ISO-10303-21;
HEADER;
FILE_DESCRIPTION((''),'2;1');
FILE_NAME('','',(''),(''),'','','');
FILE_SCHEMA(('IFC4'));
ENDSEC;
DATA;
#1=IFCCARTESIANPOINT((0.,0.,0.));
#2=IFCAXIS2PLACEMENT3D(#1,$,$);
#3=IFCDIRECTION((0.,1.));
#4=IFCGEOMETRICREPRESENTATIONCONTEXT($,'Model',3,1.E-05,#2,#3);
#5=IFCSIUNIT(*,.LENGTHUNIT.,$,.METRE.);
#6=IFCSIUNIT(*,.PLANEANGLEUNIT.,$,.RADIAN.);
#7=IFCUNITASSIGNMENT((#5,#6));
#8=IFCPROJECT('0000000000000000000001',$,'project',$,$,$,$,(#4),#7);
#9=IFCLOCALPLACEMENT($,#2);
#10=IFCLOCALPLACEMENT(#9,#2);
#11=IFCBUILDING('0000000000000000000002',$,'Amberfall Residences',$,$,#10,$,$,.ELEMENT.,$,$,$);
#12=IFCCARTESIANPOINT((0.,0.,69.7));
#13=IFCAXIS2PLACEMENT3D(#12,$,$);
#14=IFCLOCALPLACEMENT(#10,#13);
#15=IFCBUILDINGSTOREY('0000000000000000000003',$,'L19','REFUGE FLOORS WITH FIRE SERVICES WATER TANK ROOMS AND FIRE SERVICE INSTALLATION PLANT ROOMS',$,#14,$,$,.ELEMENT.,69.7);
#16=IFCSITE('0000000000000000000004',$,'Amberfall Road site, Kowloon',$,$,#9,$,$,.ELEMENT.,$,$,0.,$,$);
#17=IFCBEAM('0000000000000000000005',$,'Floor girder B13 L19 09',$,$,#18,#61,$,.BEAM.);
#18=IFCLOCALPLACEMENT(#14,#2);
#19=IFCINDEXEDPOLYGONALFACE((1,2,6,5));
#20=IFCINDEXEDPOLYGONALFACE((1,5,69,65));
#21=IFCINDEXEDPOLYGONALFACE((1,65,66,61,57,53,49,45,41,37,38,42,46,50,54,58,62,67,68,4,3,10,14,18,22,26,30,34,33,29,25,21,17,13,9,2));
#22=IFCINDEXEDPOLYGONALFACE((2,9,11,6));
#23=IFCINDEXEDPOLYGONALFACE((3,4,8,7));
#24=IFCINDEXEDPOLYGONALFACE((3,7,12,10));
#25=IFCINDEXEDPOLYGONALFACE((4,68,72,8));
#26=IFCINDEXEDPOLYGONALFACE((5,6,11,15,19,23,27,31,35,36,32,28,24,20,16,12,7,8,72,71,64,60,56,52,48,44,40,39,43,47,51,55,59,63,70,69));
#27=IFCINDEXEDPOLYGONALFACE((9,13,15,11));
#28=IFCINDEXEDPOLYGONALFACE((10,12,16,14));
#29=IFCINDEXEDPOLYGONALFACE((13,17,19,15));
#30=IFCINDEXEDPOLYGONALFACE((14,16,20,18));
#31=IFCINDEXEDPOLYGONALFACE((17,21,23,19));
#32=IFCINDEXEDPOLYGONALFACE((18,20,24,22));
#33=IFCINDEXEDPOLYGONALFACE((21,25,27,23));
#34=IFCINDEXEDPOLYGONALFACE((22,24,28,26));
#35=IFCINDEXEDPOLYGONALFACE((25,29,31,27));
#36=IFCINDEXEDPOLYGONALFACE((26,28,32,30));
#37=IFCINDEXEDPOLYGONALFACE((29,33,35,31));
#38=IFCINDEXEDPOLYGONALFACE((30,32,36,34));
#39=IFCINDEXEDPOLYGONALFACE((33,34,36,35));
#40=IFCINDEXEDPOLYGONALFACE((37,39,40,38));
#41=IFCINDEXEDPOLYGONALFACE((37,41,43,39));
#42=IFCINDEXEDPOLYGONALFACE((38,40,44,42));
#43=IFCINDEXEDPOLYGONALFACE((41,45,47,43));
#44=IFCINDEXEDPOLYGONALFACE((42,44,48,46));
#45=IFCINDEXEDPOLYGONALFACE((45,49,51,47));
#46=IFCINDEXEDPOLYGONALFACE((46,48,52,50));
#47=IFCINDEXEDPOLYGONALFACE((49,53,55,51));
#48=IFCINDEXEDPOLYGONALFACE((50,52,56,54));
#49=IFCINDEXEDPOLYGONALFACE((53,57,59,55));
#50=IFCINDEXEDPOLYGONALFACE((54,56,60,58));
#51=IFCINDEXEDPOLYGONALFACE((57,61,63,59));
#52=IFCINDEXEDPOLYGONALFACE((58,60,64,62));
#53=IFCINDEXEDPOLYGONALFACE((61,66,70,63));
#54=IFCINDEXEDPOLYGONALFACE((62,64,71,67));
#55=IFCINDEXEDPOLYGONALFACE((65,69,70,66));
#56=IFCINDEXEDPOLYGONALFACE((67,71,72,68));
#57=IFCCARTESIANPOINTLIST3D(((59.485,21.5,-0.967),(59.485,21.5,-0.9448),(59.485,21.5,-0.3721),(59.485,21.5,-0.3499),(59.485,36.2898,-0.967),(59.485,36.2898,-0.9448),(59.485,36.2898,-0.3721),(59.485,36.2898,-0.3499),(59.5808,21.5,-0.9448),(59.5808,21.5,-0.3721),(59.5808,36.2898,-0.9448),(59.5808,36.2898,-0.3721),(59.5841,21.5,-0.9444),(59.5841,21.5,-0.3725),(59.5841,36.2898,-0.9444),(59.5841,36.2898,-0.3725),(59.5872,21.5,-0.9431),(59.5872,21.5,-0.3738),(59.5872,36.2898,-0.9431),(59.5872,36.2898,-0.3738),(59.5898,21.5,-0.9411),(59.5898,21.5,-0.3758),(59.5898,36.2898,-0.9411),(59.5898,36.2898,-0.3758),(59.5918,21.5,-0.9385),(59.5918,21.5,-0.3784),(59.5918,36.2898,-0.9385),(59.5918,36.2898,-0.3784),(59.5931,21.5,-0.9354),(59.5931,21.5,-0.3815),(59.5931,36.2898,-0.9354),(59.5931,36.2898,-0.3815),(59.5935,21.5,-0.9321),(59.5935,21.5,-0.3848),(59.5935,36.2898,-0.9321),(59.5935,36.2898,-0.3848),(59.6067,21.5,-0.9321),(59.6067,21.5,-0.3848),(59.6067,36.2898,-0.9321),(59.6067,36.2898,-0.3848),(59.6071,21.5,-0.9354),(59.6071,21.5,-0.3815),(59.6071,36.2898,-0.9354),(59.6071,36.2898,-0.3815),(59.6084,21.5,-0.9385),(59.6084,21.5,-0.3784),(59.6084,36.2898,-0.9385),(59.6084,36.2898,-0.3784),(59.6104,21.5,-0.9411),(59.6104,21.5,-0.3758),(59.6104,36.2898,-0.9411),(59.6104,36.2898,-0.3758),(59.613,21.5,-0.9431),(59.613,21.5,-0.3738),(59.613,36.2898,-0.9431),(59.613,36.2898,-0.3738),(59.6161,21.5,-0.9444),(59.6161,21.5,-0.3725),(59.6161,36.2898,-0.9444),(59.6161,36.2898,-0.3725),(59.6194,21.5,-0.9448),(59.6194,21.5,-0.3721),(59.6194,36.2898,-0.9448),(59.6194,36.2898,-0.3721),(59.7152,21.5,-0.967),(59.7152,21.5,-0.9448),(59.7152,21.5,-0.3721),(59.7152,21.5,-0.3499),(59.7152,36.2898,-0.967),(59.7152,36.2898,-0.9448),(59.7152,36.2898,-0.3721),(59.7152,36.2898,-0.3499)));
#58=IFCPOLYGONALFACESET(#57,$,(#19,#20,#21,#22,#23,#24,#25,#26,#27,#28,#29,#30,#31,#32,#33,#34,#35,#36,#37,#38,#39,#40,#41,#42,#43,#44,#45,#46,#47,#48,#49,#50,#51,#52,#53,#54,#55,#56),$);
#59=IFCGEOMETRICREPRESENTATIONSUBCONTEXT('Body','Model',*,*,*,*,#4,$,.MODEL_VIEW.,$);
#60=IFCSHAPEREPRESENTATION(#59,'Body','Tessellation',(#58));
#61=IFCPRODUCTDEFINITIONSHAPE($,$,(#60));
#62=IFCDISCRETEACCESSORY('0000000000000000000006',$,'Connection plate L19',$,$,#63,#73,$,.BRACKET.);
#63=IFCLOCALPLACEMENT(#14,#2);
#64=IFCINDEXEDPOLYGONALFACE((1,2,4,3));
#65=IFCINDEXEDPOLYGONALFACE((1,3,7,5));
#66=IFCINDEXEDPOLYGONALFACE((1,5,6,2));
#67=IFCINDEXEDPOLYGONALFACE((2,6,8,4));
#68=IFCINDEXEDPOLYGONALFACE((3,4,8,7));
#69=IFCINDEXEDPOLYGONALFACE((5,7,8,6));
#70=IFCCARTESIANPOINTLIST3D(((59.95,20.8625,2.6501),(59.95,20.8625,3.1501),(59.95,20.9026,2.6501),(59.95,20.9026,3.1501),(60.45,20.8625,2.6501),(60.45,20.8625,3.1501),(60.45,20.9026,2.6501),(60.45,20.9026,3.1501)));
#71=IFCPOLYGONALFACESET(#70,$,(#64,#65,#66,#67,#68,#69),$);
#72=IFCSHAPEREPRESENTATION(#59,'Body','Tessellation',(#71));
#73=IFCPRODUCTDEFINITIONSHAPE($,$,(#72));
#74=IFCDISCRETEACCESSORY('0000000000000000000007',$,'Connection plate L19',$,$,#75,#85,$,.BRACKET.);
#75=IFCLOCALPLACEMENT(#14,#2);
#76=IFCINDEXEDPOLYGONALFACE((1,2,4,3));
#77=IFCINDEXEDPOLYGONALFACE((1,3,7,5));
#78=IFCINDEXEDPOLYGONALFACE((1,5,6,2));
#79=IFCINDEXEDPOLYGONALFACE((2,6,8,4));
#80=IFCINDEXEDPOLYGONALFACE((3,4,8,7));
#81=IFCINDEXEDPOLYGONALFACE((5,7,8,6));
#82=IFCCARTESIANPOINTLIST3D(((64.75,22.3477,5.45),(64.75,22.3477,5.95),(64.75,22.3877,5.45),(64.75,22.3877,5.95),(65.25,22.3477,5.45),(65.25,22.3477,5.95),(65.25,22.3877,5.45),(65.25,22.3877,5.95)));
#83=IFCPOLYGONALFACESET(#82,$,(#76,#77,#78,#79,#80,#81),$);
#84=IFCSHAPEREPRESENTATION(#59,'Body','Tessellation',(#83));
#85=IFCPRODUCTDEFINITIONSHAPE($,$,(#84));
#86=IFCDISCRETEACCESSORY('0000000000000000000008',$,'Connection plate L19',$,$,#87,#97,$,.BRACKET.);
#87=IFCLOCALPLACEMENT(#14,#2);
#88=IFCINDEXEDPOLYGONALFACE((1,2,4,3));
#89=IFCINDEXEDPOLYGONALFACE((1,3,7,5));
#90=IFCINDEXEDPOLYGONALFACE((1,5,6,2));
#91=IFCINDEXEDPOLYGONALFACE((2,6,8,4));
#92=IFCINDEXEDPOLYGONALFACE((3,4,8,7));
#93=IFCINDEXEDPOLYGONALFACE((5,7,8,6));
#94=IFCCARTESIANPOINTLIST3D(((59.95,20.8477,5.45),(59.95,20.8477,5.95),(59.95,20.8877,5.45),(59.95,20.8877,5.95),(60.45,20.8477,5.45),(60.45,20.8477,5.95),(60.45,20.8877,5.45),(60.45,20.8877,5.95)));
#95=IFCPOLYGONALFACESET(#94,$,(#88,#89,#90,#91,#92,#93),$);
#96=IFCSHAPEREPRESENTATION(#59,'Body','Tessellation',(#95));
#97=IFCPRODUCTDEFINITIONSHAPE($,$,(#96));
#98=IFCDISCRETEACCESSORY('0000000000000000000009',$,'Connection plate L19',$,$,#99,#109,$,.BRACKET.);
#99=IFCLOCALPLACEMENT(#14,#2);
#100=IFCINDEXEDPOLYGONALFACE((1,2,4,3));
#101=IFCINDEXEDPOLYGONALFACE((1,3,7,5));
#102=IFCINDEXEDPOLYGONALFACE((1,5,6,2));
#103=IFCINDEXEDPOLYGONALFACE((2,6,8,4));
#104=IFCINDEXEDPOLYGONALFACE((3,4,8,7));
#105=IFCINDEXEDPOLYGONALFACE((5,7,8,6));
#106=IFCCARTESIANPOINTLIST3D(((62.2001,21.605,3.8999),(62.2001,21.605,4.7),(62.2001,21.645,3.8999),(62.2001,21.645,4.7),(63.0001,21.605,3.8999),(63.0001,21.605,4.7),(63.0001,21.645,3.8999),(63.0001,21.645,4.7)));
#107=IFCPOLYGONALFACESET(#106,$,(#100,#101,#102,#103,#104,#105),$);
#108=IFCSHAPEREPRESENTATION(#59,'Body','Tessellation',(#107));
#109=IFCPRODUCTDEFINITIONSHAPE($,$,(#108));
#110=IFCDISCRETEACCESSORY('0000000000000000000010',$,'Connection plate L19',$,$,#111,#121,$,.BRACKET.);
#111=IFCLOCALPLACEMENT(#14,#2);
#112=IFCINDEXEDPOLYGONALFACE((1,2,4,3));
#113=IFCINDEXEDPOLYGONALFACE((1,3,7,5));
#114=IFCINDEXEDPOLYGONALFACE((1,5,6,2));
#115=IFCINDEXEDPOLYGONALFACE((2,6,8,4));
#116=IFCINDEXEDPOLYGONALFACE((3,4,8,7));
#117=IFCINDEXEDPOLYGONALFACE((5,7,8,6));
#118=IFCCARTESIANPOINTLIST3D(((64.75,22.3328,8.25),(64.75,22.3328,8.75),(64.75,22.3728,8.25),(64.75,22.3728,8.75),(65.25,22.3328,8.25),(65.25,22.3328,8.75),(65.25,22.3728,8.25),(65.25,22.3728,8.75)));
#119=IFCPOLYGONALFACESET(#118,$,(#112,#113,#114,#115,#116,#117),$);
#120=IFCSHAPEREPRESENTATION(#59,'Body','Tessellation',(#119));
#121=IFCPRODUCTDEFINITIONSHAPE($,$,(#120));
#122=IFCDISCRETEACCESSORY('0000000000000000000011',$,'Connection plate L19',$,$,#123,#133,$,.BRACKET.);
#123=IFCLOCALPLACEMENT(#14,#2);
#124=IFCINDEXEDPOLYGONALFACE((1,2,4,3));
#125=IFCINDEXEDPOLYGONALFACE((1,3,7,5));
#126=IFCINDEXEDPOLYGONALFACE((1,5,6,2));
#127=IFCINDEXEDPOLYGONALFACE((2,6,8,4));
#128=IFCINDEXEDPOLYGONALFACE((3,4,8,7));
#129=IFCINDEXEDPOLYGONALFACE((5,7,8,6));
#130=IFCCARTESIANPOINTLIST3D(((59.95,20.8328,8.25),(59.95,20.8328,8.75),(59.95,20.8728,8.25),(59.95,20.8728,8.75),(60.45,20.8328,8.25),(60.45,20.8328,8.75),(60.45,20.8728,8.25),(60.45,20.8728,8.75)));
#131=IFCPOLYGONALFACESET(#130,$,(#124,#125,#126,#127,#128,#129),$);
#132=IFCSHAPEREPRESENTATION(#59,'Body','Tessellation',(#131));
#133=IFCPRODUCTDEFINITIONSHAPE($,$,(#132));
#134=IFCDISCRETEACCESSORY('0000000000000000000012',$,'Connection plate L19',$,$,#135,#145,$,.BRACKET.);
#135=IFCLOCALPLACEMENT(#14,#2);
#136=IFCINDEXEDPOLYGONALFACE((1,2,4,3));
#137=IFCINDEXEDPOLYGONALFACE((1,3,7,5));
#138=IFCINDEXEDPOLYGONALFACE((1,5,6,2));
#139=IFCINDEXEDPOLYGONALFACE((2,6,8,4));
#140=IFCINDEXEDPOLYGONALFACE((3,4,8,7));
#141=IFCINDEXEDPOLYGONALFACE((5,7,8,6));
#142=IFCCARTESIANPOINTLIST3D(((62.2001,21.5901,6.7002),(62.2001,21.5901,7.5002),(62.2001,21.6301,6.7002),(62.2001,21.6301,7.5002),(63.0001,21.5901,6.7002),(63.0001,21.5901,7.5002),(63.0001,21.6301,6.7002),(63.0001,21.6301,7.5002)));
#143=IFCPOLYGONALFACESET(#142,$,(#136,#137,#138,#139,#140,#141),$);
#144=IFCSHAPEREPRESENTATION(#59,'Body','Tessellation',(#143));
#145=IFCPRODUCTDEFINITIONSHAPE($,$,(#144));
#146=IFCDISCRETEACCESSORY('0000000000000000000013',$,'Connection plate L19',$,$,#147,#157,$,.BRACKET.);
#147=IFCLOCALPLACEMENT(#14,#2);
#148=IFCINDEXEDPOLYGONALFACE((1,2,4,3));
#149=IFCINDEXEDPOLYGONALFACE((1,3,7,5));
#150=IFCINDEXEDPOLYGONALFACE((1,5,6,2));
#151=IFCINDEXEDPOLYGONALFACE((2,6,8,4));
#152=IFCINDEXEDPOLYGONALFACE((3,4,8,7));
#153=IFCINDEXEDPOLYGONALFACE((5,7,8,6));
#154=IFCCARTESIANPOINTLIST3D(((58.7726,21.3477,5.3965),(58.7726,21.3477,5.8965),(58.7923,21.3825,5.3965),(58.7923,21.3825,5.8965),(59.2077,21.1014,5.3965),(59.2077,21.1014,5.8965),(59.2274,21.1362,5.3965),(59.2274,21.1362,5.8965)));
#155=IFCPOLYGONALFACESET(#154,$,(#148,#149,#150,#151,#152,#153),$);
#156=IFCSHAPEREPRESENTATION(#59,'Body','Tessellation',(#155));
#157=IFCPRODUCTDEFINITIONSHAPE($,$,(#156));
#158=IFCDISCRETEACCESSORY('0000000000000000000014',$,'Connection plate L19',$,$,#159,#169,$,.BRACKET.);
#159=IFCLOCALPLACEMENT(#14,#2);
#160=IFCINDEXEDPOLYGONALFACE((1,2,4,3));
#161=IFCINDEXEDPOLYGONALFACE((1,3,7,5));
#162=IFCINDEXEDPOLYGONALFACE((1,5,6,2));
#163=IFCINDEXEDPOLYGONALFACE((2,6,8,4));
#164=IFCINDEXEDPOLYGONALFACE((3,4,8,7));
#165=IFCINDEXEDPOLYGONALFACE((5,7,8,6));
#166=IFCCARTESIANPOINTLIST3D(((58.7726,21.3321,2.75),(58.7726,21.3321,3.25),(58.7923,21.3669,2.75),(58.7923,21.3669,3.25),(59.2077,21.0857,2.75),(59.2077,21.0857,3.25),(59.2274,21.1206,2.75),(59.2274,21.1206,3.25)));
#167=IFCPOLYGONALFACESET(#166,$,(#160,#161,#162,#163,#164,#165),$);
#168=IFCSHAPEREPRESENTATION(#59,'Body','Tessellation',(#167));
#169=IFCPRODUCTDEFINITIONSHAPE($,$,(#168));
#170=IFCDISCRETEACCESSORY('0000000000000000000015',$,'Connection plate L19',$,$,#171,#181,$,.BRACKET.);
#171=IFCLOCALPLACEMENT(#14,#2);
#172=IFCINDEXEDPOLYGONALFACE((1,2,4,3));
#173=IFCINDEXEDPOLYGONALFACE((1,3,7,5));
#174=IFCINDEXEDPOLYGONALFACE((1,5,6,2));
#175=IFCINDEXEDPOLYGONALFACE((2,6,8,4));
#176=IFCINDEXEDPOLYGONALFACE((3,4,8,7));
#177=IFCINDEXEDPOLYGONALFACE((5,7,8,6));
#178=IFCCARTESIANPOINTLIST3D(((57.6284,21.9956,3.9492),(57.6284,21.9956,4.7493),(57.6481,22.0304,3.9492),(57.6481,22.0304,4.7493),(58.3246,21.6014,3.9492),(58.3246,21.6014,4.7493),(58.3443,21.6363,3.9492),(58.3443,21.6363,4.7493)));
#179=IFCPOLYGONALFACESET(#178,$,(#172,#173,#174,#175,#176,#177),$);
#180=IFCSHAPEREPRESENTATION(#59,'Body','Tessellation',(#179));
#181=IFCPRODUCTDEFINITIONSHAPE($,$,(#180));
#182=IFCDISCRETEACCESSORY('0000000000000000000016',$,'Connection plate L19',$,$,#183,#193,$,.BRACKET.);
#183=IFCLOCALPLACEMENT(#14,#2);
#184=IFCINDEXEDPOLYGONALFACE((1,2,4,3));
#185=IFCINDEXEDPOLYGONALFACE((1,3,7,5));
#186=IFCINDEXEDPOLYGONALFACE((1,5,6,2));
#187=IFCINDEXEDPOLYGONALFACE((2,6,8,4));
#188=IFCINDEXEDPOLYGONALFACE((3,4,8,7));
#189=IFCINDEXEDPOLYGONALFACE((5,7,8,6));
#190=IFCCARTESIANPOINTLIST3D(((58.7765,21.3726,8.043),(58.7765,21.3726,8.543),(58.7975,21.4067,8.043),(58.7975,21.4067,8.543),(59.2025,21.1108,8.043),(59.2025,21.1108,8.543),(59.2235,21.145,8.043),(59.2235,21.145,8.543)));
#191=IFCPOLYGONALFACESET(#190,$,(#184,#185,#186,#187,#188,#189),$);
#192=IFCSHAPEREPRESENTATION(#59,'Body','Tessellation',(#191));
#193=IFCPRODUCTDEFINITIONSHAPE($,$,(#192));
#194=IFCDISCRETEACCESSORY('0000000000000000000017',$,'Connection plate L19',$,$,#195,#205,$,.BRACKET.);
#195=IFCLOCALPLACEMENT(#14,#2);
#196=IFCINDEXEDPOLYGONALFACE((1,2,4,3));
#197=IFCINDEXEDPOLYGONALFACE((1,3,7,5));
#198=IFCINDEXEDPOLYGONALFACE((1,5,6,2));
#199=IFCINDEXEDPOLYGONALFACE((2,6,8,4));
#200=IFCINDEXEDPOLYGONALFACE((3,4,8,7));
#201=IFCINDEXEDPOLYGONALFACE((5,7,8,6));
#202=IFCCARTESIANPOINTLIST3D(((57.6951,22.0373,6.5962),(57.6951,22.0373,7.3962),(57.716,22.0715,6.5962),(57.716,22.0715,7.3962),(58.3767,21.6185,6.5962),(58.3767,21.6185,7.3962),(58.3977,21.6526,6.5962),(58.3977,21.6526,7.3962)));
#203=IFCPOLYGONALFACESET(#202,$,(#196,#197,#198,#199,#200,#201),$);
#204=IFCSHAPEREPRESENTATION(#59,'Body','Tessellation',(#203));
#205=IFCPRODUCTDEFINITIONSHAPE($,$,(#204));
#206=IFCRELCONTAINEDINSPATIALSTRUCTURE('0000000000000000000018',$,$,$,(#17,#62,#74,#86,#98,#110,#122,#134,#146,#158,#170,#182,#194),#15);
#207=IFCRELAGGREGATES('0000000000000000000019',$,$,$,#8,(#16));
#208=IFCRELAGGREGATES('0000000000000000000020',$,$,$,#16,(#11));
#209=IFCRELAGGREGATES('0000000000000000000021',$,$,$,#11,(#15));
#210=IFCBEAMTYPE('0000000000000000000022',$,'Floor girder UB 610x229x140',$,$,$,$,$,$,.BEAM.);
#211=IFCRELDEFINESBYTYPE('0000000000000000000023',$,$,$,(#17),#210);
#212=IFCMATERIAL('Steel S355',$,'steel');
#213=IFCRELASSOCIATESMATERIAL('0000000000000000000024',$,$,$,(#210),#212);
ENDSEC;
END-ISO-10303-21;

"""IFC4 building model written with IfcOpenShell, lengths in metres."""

from ifc_helpers import new_model, si_unit, direction, frame, origin, origin_2d, place, context, subcontext, project, spatial, rectangle, i_section, extrude, material, material_profile, profile_set, type_object, element, save


model = new_model("IFC4")

# Units and contexts
model_context = context("Model", 3, precision=1e-05, world=origin(), true_north=direction((0.0, 1.0)))
body_context = subcontext(model_context, "Body", "Model", "MODEL_VIEW")
ifc_project = project(units=[si_unit("LENGTHUNIT", "METRE"), si_unit("PLANEANGLEUNIT", "RADIAN")], contexts=[model_context])

# Site, building, storey
site_placement = place(None, origin())
site = spatial("IfcSite", under=ifc_project, at=site_placement, Name="Amberfall Road site, Kowloon", CompositionType="ELEMENT", RefElevation=0.0)
building_placement = place(site_placement, origin())
building = spatial("IfcBuilding", under=site, at=building_placement, Name="Amberfall Residences", CompositionType="ELEMENT")
storey_placement = place(building_placement, frame((0.0, 0.0, 69.7)))
storey = spatial("IfcBuildingStorey", under=building, at=storey_placement, Name="L19", Description="REFUGE FLOORS WITH FIRE SERVICES WATER TANK ROOMS AND FIRE SERVICE INSTALLATION PLANT ROOMS", CompositionType="ELEMENT", Elevation=69.7)

# Shared definitions
ifc_material_1 = material(Name="Steel S355", Category="steel")

# Beam
ifc_material_profile_1 = material_profile(ifc_material_1, i_section(OverallWidth=0.2302, OverallDepth=0.6172, WebThickness=0.0132, FlangeThickness=0.0222, FilletRadius=0.0127, at=origin_2d()), Name="UB 610x229x140")
ifc_profile_set_1 = profile_set([ifc_material_profile_1], Name="Steel S355")
beam_type_1 = type_object("IfcBeamType", Name="Floor girder UB 610x229x140", PredefinedType="BEAM", material=ifc_profile_set_1)
beam_1_placement = place(storey_placement, frame((59.6001, 21.5, -0.6584), z_axis=(0.0, 1.0, 0.0), x_axis=(-1.0, 0.0, 0.0)))
element("IfcBeam", 1, at=beam_1_placement, inside=storey, type_object=beam_type_1, Name="Floor girder B13 L19 09", PredefinedType="BEAM", context=body_context, shape_type="SweptSolid", body=[
    extrude(i_section(OverallWidth=0.2302, OverallDepth=0.6172, WebThickness=0.0132, FlangeThickness=0.0222, FilletRadius=0.0127, at=origin_2d()), origin(), (0.0, 0.0, 1.0), 14.7898),
])

# Discrete accessories
for number, where, z_axis, x_axis, name in (
    (2, (60.2, 20.8826, 2.6501), (0.0, 0.0, 1.0), (1.0, 0.0, 0.0), "Connection plate L19"),
    (3, (65.0, 22.3677, 5.45), (0.0, 0.0, 1.0), (1.0, 0.0, 0.0), "Connection plate L19"),
    (4, (60.2, 20.8677, 5.45), (0.0, 0.0, 1.0), (1.0, 0.0, 0.0), "Connection plate L19"),
):
    element("IfcDiscreteAccessory", number, at=place(storey_placement, frame(where, z_axis=z_axis, x_axis=x_axis)), inside=storey, Name=name, PredefinedType="BRACKET", context=body_context, shape_type="SweptSolid", body=[
        extrude(rectangle(XDim=0.5, YDim=0.04, at=origin_2d()), origin(), (0.0, 0.0, 1.0), 0.5),
    ])
discrete_accessory_1_placement = place(storey_placement, frame((62.6001, 21.625, 3.8999), z_axis=(0.0, 0.0, 1.0), x_axis=(1.0, 0.0, 0.0)))
element("IfcDiscreteAccessory", 5, at=discrete_accessory_1_placement, inside=storey, Name="Connection plate L19", PredefinedType="BRACKET", context=body_context, shape_type="SweptSolid", body=[
    extrude(rectangle(XDim=0.8, YDim=0.04, at=origin_2d()), origin(), (0.0, 0.0, 1.0), 0.8),
])
for number, where, z_axis, x_axis, name in (
    (6, (65.0, 22.3528, 8.25), (0.0, 0.0, 1.0), (1.0, 0.0, 0.0), "Connection plate L19"),
    (7, (60.2, 20.8528, 8.25), (0.0, 0.0, 1.0), (1.0, 0.0, 0.0), "Connection plate L19"),
):
    element("IfcDiscreteAccessory", number, at=place(storey_placement, frame(where, z_axis=z_axis, x_axis=x_axis)), inside=storey, Name=name, PredefinedType="BRACKET", context=body_context, shape_type="SweptSolid", body=[
        extrude(rectangle(XDim=0.5, YDim=0.04, at=origin_2d()), origin(), (0.0, 0.0, 1.0), 0.5),
    ])
discrete_accessory_2_placement = place(storey_placement, frame((62.6001, 21.6101, 6.7002), z_axis=(0.0, 0.0, 1.0), x_axis=(1.0, 0.0, 0.0)))
element("IfcDiscreteAccessory", 8, at=discrete_accessory_2_placement, inside=storey, Name="Connection plate L19", PredefinedType="BRACKET", context=body_context, shape_type="SweptSolid", body=[
    extrude(rectangle(XDim=0.8, YDim=0.04, at=origin_2d()), origin(), (0.0, 0.0, 1.0), 0.8),
])
for number, where, z_axis, x_axis, name in (
    (9, (59.0, 21.2419, 5.3965), (0.0, 0.0, 1.0), (0.870218, -0.492667, 0.0), "Connection plate L19"),
    (10, (59.0, 21.2263, 2.75), (0.0, 0.0, 1.0), (0.870218, -0.492667, 0.0), "Connection plate L19"),
):
    element("IfcDiscreteAccessory", number, at=place(storey_placement, frame(where, z_axis=z_axis, x_axis=x_axis)), inside=storey, Name=name, PredefinedType="BRACKET", context=body_context, shape_type="SweptSolid", body=[
        extrude(rectangle(XDim=0.5, YDim=0.04, at=origin_2d()), origin(), (0.0, 0.0, 1.0), 0.5),
    ])
discrete_accessory_3_placement = place(storey_placement, frame((57.9863, 21.8159, 3.9492), z_axis=(0.0, 0.0, 1.0), x_axis=(0.870218, -0.492667, 0.0)))
element("IfcDiscreteAccessory", 11, at=discrete_accessory_3_placement, inside=storey, Name="Connection plate L19", PredefinedType="BRACKET", context=body_context, shape_type="SweptSolid", body=[
    extrude(rectangle(XDim=0.8, YDim=0.04, at=origin_2d()), origin(), (0.0, 0.0, 1.0), 0.8),
])
discrete_accessory_4_placement = place(storey_placement, frame((59.0, 21.2588, 8.043), z_axis=(0.0, 0.0, 1.0), x_axis=(0.852001, -0.52354, 0.0)))
element("IfcDiscreteAccessory", 12, at=discrete_accessory_4_placement, inside=storey, Name="Connection plate L19", PredefinedType="BRACKET", context=body_context, shape_type="SweptSolid", body=[
    extrude(rectangle(XDim=0.5, YDim=0.04, at=origin_2d()), origin(), (0.0, 0.0, 1.0), 0.5),
])
discrete_accessory_5_placement = place(storey_placement, frame((58.0464, 21.845, 6.5962), z_axis=(0.0, 0.0, 1.0), x_axis=(0.852001, -0.52354, 0.0)))
element("IfcDiscreteAccessory", 13, at=discrete_accessory_5_placement, inside=storey, Name="Connection plate L19", PredefinedType="BRACKET", context=body_context, shape_type="SweptSolid", body=[
    extrude(rectangle(XDim=0.8, YDim=0.04, at=origin_2d()), origin(), (0.0, 0.0, 1.0), 0.8),
])

save(model, "model.ifc")
